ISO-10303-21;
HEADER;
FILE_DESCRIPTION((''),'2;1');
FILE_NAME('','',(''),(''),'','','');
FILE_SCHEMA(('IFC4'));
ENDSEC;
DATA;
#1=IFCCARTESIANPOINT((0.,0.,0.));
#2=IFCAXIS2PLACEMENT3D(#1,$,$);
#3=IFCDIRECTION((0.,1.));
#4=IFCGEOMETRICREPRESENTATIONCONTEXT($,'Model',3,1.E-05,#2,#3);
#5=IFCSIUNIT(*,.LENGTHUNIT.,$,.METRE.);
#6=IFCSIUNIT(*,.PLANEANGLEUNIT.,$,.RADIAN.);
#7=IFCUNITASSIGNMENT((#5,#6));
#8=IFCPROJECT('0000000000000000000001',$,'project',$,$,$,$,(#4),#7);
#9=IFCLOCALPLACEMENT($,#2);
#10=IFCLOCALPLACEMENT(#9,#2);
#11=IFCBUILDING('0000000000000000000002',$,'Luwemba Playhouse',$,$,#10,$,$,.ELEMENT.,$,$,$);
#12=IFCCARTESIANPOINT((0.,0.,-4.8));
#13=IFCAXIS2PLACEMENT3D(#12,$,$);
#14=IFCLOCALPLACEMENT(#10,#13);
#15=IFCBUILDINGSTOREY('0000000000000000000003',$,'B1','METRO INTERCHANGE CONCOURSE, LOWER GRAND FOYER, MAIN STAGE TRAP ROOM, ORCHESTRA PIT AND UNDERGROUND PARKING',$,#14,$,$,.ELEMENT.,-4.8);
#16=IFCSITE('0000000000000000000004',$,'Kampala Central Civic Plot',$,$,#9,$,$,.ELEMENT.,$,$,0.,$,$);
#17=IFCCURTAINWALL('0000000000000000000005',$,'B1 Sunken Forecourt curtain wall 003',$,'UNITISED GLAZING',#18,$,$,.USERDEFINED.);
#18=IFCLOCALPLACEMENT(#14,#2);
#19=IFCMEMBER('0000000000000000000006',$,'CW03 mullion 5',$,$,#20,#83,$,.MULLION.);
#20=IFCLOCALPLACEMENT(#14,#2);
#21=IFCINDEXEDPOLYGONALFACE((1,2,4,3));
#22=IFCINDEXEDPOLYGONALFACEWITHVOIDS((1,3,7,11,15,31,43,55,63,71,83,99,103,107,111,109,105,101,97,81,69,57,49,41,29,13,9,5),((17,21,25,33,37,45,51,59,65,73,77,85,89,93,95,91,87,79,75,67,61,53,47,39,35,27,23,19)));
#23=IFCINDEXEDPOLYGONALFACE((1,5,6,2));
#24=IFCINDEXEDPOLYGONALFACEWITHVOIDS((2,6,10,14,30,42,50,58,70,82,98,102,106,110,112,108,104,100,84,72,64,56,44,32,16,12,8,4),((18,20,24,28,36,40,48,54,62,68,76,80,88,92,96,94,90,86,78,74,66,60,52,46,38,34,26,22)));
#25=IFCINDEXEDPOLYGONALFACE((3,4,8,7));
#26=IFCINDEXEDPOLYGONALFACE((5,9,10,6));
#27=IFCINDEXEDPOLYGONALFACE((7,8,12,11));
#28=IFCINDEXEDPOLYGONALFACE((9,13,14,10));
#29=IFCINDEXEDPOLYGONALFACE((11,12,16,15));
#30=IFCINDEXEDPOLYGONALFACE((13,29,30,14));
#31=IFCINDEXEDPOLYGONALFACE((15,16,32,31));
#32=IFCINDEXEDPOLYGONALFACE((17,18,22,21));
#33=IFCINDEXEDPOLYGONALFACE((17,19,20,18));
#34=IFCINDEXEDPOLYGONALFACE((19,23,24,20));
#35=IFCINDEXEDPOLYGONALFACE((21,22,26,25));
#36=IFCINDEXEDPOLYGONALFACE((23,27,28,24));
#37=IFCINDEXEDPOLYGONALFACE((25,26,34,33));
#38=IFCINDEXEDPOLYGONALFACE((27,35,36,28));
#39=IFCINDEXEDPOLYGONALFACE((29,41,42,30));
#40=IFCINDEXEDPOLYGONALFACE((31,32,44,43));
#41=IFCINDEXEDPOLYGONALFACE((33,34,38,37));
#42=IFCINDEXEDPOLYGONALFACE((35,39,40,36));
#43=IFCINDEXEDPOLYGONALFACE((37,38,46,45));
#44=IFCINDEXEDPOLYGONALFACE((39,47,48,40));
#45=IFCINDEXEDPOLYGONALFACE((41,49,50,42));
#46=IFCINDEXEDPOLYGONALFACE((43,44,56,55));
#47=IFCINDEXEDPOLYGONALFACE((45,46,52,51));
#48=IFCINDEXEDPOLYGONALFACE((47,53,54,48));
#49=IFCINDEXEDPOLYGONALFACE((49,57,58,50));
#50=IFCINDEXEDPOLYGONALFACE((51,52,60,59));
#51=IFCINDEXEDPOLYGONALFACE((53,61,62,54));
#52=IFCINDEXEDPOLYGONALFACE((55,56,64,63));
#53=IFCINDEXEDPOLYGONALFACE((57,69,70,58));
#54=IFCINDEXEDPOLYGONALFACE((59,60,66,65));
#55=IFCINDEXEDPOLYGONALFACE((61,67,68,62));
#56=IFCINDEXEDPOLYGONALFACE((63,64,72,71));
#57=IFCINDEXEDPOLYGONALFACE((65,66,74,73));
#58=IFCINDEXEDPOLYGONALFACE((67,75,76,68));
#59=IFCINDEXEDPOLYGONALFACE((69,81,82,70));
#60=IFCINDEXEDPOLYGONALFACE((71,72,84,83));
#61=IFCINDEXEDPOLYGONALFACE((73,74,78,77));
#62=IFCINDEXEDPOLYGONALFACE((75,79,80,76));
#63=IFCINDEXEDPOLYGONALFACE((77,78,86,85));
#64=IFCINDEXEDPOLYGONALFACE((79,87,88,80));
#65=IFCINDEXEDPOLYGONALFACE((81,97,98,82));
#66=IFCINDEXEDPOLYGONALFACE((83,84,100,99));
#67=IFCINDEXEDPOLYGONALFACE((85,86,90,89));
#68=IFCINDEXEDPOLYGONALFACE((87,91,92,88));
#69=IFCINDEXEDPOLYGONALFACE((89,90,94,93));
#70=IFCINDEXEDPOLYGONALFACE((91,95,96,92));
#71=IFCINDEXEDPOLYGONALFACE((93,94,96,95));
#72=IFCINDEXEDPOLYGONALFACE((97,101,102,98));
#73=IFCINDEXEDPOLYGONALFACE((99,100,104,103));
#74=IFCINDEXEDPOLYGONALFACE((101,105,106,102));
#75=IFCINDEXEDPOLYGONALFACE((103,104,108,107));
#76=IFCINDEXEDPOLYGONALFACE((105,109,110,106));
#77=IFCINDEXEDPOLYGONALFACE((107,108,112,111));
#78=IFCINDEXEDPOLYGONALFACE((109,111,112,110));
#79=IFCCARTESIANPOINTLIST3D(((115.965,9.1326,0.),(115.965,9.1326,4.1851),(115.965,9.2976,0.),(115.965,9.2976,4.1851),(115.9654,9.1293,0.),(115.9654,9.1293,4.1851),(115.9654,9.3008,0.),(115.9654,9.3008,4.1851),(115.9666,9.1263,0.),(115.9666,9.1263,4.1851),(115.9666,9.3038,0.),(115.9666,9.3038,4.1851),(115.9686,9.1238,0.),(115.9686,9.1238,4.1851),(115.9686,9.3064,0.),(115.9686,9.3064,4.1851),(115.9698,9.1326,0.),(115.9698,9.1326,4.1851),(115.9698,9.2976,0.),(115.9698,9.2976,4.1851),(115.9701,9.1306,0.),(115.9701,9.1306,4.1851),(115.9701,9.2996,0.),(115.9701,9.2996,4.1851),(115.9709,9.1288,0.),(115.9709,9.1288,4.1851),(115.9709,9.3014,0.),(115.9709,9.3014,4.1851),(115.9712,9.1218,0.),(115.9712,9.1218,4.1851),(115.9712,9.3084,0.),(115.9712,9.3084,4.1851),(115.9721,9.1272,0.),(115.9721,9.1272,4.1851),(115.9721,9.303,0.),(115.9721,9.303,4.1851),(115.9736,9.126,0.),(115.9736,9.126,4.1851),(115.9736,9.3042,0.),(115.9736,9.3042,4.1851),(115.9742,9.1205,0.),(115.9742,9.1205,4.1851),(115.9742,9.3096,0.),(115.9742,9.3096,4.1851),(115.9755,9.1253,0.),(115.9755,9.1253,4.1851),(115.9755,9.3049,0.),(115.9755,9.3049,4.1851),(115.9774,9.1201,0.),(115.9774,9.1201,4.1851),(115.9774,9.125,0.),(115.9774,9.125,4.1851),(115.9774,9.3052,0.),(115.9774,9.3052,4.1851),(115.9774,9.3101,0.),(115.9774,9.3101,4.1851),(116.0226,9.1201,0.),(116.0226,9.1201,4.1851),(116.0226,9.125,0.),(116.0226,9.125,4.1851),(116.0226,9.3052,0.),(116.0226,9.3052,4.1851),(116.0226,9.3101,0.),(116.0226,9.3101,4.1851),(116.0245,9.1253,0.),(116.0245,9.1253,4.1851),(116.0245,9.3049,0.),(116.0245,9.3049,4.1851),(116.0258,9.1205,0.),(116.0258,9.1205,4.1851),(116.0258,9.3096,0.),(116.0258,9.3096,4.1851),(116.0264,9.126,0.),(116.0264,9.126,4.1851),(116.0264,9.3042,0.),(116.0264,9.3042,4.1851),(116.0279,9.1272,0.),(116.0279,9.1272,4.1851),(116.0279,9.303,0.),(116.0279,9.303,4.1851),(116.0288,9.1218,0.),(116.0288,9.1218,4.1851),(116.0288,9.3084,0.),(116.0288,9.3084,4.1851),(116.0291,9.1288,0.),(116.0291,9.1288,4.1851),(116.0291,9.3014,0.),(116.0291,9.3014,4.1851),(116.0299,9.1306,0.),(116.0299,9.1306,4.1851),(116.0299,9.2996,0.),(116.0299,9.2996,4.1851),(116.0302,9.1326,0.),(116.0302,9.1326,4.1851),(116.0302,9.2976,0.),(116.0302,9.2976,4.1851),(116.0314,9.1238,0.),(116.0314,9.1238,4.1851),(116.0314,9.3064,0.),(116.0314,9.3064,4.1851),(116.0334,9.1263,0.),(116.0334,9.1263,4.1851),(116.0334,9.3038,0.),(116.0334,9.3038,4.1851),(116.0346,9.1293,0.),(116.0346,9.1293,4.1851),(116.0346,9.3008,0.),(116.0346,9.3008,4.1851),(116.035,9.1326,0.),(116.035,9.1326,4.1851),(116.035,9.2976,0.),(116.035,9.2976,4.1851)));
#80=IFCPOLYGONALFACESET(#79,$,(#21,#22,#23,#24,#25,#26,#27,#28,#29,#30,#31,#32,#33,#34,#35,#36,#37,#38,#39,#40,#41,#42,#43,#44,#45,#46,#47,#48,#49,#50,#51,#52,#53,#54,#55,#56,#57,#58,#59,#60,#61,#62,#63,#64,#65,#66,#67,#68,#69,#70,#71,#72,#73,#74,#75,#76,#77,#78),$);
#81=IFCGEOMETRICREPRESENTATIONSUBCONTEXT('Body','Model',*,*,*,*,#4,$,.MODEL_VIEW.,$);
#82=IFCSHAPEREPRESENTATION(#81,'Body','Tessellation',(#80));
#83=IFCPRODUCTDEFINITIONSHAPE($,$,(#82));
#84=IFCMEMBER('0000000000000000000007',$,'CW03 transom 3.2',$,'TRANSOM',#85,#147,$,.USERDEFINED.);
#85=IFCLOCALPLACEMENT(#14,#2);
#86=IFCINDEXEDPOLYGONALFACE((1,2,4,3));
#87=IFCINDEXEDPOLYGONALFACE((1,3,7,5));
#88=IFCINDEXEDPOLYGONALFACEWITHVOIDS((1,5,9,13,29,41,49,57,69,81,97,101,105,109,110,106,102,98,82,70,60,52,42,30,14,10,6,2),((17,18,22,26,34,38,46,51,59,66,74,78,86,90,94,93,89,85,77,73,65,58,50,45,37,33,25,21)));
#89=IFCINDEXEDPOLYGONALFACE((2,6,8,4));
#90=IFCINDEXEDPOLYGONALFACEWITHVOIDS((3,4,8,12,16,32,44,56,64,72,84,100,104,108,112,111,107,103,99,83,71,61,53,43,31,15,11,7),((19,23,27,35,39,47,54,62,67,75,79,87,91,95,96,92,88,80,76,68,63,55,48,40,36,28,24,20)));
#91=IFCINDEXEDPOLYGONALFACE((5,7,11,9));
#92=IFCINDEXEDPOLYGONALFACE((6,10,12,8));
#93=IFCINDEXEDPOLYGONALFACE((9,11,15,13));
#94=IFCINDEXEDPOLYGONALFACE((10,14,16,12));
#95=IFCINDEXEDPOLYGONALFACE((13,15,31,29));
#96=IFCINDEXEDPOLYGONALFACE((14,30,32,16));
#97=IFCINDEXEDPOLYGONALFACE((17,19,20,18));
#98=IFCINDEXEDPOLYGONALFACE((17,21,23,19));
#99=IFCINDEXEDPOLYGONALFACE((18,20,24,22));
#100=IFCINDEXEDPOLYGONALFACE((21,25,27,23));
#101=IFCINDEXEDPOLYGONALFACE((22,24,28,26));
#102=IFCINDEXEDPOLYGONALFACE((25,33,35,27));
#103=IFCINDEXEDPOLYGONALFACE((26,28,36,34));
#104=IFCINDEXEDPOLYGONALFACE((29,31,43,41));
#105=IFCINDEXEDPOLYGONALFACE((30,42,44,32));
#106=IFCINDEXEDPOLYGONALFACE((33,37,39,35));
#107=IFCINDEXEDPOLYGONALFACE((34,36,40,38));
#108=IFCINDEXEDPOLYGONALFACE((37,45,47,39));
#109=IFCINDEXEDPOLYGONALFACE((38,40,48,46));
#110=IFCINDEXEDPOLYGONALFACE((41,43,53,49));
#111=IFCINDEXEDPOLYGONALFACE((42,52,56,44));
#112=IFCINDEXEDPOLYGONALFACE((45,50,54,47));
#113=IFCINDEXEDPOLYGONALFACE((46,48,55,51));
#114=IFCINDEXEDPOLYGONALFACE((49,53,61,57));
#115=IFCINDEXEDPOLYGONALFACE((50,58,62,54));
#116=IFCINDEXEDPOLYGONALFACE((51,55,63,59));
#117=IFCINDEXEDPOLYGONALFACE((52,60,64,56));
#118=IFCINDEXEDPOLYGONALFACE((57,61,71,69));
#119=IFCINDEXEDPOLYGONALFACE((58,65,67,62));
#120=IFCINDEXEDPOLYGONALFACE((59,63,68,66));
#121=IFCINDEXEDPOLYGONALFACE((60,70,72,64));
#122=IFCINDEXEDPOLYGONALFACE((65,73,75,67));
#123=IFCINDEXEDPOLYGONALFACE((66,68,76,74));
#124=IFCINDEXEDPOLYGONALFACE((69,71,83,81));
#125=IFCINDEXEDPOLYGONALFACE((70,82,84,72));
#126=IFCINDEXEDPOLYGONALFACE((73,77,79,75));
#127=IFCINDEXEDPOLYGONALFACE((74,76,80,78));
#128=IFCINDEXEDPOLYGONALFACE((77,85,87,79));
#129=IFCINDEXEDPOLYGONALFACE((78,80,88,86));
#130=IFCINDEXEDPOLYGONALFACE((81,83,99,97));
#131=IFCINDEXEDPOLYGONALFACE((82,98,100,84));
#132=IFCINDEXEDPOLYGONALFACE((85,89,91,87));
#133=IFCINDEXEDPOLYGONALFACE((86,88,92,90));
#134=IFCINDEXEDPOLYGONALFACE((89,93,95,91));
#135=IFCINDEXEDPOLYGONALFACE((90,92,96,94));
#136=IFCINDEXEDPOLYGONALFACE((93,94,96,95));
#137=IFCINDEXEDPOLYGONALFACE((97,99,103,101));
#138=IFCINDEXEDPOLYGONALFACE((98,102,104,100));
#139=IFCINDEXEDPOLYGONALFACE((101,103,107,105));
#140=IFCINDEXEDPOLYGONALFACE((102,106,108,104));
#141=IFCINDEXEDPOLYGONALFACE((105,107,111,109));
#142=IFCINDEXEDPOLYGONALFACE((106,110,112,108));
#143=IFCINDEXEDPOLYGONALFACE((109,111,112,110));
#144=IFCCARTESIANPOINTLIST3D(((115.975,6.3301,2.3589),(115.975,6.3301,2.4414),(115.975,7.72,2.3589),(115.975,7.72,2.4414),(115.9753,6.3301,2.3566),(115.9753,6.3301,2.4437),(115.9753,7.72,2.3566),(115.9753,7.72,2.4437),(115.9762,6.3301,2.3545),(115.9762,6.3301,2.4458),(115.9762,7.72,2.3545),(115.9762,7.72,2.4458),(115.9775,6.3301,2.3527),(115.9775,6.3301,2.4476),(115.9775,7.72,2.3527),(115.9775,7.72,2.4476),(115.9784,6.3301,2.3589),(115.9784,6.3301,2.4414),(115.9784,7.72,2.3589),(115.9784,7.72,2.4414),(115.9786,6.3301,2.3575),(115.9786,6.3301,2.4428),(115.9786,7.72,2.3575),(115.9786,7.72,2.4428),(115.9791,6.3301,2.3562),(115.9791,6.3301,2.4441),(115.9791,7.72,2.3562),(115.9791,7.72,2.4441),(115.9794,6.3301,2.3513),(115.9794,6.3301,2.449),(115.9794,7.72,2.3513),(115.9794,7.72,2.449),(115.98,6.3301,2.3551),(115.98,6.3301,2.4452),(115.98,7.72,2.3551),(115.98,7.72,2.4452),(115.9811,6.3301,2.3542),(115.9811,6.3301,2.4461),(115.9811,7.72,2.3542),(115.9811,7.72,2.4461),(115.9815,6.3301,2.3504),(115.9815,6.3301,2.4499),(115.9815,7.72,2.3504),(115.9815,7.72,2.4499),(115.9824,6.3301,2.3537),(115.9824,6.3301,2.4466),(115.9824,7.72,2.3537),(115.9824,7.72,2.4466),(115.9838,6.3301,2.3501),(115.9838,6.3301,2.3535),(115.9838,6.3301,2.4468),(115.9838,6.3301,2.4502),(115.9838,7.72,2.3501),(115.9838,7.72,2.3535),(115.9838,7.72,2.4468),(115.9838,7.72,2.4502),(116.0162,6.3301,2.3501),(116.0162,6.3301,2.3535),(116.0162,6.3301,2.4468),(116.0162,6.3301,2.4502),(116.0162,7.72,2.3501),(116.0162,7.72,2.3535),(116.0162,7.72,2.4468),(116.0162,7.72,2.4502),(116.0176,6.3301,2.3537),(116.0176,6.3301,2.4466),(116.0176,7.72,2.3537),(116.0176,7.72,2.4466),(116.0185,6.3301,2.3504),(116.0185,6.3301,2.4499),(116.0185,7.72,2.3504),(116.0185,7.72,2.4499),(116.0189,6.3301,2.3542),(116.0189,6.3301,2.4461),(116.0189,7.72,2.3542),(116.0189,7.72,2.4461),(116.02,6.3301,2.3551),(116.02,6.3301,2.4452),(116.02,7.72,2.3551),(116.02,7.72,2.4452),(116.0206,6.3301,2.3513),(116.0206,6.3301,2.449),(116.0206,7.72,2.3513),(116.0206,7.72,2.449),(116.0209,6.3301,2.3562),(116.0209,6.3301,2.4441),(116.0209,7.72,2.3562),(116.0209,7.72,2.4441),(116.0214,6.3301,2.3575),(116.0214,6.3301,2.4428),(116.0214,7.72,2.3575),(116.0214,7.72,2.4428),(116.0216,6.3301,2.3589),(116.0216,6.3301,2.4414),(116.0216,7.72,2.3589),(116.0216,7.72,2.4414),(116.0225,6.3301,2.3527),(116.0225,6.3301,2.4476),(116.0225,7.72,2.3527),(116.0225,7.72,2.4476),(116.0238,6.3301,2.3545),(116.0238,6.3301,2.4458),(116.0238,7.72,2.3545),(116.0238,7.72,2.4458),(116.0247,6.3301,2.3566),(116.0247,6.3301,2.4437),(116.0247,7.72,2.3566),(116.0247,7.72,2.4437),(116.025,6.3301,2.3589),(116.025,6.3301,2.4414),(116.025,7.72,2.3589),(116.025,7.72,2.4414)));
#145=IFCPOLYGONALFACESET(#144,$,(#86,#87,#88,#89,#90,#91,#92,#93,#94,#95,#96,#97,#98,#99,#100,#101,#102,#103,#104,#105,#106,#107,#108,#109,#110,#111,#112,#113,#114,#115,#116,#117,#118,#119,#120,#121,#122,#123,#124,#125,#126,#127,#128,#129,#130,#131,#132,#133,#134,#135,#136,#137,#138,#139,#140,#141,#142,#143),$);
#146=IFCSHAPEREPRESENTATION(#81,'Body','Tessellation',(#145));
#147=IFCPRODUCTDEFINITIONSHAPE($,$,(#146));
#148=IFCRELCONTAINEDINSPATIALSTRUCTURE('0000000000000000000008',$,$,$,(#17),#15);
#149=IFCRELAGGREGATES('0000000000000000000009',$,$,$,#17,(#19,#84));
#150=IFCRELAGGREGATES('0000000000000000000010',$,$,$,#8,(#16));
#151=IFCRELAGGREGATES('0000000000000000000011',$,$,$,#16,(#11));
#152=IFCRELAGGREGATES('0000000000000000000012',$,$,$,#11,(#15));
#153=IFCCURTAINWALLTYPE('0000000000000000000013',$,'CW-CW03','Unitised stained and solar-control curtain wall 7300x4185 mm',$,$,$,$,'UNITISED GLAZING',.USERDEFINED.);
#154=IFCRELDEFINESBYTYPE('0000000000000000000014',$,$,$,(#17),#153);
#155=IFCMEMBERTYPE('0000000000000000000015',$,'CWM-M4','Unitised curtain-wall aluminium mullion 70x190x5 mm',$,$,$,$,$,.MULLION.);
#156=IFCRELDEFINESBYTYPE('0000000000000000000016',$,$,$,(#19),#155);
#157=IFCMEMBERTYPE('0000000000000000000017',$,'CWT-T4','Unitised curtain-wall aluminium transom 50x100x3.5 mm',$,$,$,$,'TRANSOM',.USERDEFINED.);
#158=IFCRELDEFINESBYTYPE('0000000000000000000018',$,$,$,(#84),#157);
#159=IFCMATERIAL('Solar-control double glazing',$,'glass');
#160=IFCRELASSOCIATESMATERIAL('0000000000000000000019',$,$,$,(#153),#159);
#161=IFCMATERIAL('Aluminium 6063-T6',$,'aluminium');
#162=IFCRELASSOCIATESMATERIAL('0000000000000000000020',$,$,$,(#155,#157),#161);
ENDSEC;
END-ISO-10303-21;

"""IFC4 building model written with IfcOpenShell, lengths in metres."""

from ifc_helpers import new_model, si_unit, direction, frame, origin, origin_2d, place, context, subcontext, project, spatial, hollow_rectangle, extrude, material, material_profile, profile_set, type_object, element, aggregate, save


model = new_model("IFC4")

# Units and contexts
model_context = context("Model", 3, precision=1e-05, world=origin(), true_north=direction((0.0, 1.0)))
body_context = subcontext(model_context, "Body", "Model", "MODEL_VIEW")
ifc_project = project(units=[si_unit("LENGTHUNIT", "METRE"), si_unit("PLANEANGLEUNIT", "RADIAN")], contexts=[model_context])

# Site, building, storey
site_placement = place(None, origin())
site = spatial("IfcSite", under=ifc_project, at=site_placement, Name="Kampala Central Civic Plot", CompositionType="ELEMENT", RefElevation=0.0)
building_placement = place(site_placement, origin())
building = spatial("IfcBuilding", under=site, at=building_placement, Name="Luwemba Playhouse", CompositionType="ELEMENT")
storey_placement = place(building_placement, frame((0.0, 0.0, -4.8)))
storey = spatial("IfcBuildingStorey", under=building, at=storey_placement, Name="B1", Description="METRO INTERCHANGE CONCOURSE, LOWER GRAND FOYER, MAIN STAGE TRAP ROOM, ORCHESTRA PIT AND UNDERGROUND PARKING", CompositionType="ELEMENT", Elevation=-4.8)

# Curtain wall, members
ifc_material_1 = material(Name="Solar-control double glazing", Category="glass")
curtain_wall_type = type_object("IfcCurtainWallType", Name="CW-CW03", Description="Unitised stained and solar-control curtain wall 7300x4185 mm", ElementType="UNITISED GLAZING", PredefinedType="USERDEFINED", material=ifc_material_1)
curtain_wall_placement = place(storey_placement, origin())
curtain_wall = element("IfcCurtainWall", 1, at=curtain_wall_placement, inside=storey, type_object=curtain_wall_type, Name="B1 Sunken Forecourt curtain wall 003", ObjectType="UNITISED GLAZING", PredefinedType="USERDEFINED")
ifc_material_2 = material(Name="Aluminium 6063-T6", Category="aluminium")
ifc_material_profile_1 = material_profile(ifc_material_2, hollow_rectangle(XDim=0.0701, YDim=0.1899, WallThickness=0.0049, InnerFilletRadius=0.0076, OuterFilletRadius=0.0125, at=origin_2d()))
ifc_profile_set_1 = profile_set([ifc_material_profile_1], Name="Aluminium 6063-T6")
member_type_1 = type_object("IfcMemberType", Name="CWM-M4", Description="Unitised curtain-wall aluminium mullion 70x190x5 mm", PredefinedType="MULLION", material=ifc_profile_set_1)
member_1_placement = place(storey_placement, frame((116.0, 9.2151, 0.0), z_axis=(0.0, 0.0, 1.0), x_axis=(-1.0, 0.0, 0.0)))
member_1 = element("IfcMember", 2, at=member_1_placement, type_object=member_type_1, Name="CW03 mullion 5", PredefinedType="MULLION", context=body_context, shape_type="SweptSolid", body=[
    extrude(hollow_rectangle(XDim=0.0701, YDim=0.1899, WallThickness=0.0049, InnerFilletRadius=0.0076, OuterFilletRadius=0.0125, at=origin_2d()), origin(), (0.0, 0.0, 1.0), 4.1851),
])
ifc_material_profile_2 = material_profile(ifc_material_2, hollow_rectangle(XDim=0.05, YDim=0.1001, WallThickness=0.0034, InnerFilletRadius=0.0054, OuterFilletRadius=0.0088, at=origin_2d()))
ifc_profile_set_2 = profile_set([ifc_material_profile_2], Name="Aluminium 6063-T6")
member_type_2 = type_object("IfcMemberType", Name="CWT-T4", Description="Unitised curtain-wall aluminium transom 50x100x3.5 mm", ElementType="TRANSOM", PredefinedType="USERDEFINED", material=ifc_profile_set_2)
member_2_placement = place(storey_placement, frame((116.0, 6.3301, 2.4001), z_axis=(0.0, 1.0, 0.0), x_axis=(-1.0, 0.0, 0.0)))
member_2 = element("IfcMember", 3, at=member_2_placement, type_object=member_type_2, Name="CW03 transom 3.2", ObjectType="TRANSOM", PredefinedType="USERDEFINED", context=body_context, shape_type="SweptSolid", body=[
    extrude(hollow_rectangle(XDim=0.05, YDim=0.1001, WallThickness=0.0034, InnerFilletRadius=0.0054, OuterFilletRadius=0.0088, at=origin_2d()), origin(), (0.0, 0.0, 1.0), 1.3899),
])
aggregate(curtain_wall, [member_1, member_2])

save(model, "model.ifc")
